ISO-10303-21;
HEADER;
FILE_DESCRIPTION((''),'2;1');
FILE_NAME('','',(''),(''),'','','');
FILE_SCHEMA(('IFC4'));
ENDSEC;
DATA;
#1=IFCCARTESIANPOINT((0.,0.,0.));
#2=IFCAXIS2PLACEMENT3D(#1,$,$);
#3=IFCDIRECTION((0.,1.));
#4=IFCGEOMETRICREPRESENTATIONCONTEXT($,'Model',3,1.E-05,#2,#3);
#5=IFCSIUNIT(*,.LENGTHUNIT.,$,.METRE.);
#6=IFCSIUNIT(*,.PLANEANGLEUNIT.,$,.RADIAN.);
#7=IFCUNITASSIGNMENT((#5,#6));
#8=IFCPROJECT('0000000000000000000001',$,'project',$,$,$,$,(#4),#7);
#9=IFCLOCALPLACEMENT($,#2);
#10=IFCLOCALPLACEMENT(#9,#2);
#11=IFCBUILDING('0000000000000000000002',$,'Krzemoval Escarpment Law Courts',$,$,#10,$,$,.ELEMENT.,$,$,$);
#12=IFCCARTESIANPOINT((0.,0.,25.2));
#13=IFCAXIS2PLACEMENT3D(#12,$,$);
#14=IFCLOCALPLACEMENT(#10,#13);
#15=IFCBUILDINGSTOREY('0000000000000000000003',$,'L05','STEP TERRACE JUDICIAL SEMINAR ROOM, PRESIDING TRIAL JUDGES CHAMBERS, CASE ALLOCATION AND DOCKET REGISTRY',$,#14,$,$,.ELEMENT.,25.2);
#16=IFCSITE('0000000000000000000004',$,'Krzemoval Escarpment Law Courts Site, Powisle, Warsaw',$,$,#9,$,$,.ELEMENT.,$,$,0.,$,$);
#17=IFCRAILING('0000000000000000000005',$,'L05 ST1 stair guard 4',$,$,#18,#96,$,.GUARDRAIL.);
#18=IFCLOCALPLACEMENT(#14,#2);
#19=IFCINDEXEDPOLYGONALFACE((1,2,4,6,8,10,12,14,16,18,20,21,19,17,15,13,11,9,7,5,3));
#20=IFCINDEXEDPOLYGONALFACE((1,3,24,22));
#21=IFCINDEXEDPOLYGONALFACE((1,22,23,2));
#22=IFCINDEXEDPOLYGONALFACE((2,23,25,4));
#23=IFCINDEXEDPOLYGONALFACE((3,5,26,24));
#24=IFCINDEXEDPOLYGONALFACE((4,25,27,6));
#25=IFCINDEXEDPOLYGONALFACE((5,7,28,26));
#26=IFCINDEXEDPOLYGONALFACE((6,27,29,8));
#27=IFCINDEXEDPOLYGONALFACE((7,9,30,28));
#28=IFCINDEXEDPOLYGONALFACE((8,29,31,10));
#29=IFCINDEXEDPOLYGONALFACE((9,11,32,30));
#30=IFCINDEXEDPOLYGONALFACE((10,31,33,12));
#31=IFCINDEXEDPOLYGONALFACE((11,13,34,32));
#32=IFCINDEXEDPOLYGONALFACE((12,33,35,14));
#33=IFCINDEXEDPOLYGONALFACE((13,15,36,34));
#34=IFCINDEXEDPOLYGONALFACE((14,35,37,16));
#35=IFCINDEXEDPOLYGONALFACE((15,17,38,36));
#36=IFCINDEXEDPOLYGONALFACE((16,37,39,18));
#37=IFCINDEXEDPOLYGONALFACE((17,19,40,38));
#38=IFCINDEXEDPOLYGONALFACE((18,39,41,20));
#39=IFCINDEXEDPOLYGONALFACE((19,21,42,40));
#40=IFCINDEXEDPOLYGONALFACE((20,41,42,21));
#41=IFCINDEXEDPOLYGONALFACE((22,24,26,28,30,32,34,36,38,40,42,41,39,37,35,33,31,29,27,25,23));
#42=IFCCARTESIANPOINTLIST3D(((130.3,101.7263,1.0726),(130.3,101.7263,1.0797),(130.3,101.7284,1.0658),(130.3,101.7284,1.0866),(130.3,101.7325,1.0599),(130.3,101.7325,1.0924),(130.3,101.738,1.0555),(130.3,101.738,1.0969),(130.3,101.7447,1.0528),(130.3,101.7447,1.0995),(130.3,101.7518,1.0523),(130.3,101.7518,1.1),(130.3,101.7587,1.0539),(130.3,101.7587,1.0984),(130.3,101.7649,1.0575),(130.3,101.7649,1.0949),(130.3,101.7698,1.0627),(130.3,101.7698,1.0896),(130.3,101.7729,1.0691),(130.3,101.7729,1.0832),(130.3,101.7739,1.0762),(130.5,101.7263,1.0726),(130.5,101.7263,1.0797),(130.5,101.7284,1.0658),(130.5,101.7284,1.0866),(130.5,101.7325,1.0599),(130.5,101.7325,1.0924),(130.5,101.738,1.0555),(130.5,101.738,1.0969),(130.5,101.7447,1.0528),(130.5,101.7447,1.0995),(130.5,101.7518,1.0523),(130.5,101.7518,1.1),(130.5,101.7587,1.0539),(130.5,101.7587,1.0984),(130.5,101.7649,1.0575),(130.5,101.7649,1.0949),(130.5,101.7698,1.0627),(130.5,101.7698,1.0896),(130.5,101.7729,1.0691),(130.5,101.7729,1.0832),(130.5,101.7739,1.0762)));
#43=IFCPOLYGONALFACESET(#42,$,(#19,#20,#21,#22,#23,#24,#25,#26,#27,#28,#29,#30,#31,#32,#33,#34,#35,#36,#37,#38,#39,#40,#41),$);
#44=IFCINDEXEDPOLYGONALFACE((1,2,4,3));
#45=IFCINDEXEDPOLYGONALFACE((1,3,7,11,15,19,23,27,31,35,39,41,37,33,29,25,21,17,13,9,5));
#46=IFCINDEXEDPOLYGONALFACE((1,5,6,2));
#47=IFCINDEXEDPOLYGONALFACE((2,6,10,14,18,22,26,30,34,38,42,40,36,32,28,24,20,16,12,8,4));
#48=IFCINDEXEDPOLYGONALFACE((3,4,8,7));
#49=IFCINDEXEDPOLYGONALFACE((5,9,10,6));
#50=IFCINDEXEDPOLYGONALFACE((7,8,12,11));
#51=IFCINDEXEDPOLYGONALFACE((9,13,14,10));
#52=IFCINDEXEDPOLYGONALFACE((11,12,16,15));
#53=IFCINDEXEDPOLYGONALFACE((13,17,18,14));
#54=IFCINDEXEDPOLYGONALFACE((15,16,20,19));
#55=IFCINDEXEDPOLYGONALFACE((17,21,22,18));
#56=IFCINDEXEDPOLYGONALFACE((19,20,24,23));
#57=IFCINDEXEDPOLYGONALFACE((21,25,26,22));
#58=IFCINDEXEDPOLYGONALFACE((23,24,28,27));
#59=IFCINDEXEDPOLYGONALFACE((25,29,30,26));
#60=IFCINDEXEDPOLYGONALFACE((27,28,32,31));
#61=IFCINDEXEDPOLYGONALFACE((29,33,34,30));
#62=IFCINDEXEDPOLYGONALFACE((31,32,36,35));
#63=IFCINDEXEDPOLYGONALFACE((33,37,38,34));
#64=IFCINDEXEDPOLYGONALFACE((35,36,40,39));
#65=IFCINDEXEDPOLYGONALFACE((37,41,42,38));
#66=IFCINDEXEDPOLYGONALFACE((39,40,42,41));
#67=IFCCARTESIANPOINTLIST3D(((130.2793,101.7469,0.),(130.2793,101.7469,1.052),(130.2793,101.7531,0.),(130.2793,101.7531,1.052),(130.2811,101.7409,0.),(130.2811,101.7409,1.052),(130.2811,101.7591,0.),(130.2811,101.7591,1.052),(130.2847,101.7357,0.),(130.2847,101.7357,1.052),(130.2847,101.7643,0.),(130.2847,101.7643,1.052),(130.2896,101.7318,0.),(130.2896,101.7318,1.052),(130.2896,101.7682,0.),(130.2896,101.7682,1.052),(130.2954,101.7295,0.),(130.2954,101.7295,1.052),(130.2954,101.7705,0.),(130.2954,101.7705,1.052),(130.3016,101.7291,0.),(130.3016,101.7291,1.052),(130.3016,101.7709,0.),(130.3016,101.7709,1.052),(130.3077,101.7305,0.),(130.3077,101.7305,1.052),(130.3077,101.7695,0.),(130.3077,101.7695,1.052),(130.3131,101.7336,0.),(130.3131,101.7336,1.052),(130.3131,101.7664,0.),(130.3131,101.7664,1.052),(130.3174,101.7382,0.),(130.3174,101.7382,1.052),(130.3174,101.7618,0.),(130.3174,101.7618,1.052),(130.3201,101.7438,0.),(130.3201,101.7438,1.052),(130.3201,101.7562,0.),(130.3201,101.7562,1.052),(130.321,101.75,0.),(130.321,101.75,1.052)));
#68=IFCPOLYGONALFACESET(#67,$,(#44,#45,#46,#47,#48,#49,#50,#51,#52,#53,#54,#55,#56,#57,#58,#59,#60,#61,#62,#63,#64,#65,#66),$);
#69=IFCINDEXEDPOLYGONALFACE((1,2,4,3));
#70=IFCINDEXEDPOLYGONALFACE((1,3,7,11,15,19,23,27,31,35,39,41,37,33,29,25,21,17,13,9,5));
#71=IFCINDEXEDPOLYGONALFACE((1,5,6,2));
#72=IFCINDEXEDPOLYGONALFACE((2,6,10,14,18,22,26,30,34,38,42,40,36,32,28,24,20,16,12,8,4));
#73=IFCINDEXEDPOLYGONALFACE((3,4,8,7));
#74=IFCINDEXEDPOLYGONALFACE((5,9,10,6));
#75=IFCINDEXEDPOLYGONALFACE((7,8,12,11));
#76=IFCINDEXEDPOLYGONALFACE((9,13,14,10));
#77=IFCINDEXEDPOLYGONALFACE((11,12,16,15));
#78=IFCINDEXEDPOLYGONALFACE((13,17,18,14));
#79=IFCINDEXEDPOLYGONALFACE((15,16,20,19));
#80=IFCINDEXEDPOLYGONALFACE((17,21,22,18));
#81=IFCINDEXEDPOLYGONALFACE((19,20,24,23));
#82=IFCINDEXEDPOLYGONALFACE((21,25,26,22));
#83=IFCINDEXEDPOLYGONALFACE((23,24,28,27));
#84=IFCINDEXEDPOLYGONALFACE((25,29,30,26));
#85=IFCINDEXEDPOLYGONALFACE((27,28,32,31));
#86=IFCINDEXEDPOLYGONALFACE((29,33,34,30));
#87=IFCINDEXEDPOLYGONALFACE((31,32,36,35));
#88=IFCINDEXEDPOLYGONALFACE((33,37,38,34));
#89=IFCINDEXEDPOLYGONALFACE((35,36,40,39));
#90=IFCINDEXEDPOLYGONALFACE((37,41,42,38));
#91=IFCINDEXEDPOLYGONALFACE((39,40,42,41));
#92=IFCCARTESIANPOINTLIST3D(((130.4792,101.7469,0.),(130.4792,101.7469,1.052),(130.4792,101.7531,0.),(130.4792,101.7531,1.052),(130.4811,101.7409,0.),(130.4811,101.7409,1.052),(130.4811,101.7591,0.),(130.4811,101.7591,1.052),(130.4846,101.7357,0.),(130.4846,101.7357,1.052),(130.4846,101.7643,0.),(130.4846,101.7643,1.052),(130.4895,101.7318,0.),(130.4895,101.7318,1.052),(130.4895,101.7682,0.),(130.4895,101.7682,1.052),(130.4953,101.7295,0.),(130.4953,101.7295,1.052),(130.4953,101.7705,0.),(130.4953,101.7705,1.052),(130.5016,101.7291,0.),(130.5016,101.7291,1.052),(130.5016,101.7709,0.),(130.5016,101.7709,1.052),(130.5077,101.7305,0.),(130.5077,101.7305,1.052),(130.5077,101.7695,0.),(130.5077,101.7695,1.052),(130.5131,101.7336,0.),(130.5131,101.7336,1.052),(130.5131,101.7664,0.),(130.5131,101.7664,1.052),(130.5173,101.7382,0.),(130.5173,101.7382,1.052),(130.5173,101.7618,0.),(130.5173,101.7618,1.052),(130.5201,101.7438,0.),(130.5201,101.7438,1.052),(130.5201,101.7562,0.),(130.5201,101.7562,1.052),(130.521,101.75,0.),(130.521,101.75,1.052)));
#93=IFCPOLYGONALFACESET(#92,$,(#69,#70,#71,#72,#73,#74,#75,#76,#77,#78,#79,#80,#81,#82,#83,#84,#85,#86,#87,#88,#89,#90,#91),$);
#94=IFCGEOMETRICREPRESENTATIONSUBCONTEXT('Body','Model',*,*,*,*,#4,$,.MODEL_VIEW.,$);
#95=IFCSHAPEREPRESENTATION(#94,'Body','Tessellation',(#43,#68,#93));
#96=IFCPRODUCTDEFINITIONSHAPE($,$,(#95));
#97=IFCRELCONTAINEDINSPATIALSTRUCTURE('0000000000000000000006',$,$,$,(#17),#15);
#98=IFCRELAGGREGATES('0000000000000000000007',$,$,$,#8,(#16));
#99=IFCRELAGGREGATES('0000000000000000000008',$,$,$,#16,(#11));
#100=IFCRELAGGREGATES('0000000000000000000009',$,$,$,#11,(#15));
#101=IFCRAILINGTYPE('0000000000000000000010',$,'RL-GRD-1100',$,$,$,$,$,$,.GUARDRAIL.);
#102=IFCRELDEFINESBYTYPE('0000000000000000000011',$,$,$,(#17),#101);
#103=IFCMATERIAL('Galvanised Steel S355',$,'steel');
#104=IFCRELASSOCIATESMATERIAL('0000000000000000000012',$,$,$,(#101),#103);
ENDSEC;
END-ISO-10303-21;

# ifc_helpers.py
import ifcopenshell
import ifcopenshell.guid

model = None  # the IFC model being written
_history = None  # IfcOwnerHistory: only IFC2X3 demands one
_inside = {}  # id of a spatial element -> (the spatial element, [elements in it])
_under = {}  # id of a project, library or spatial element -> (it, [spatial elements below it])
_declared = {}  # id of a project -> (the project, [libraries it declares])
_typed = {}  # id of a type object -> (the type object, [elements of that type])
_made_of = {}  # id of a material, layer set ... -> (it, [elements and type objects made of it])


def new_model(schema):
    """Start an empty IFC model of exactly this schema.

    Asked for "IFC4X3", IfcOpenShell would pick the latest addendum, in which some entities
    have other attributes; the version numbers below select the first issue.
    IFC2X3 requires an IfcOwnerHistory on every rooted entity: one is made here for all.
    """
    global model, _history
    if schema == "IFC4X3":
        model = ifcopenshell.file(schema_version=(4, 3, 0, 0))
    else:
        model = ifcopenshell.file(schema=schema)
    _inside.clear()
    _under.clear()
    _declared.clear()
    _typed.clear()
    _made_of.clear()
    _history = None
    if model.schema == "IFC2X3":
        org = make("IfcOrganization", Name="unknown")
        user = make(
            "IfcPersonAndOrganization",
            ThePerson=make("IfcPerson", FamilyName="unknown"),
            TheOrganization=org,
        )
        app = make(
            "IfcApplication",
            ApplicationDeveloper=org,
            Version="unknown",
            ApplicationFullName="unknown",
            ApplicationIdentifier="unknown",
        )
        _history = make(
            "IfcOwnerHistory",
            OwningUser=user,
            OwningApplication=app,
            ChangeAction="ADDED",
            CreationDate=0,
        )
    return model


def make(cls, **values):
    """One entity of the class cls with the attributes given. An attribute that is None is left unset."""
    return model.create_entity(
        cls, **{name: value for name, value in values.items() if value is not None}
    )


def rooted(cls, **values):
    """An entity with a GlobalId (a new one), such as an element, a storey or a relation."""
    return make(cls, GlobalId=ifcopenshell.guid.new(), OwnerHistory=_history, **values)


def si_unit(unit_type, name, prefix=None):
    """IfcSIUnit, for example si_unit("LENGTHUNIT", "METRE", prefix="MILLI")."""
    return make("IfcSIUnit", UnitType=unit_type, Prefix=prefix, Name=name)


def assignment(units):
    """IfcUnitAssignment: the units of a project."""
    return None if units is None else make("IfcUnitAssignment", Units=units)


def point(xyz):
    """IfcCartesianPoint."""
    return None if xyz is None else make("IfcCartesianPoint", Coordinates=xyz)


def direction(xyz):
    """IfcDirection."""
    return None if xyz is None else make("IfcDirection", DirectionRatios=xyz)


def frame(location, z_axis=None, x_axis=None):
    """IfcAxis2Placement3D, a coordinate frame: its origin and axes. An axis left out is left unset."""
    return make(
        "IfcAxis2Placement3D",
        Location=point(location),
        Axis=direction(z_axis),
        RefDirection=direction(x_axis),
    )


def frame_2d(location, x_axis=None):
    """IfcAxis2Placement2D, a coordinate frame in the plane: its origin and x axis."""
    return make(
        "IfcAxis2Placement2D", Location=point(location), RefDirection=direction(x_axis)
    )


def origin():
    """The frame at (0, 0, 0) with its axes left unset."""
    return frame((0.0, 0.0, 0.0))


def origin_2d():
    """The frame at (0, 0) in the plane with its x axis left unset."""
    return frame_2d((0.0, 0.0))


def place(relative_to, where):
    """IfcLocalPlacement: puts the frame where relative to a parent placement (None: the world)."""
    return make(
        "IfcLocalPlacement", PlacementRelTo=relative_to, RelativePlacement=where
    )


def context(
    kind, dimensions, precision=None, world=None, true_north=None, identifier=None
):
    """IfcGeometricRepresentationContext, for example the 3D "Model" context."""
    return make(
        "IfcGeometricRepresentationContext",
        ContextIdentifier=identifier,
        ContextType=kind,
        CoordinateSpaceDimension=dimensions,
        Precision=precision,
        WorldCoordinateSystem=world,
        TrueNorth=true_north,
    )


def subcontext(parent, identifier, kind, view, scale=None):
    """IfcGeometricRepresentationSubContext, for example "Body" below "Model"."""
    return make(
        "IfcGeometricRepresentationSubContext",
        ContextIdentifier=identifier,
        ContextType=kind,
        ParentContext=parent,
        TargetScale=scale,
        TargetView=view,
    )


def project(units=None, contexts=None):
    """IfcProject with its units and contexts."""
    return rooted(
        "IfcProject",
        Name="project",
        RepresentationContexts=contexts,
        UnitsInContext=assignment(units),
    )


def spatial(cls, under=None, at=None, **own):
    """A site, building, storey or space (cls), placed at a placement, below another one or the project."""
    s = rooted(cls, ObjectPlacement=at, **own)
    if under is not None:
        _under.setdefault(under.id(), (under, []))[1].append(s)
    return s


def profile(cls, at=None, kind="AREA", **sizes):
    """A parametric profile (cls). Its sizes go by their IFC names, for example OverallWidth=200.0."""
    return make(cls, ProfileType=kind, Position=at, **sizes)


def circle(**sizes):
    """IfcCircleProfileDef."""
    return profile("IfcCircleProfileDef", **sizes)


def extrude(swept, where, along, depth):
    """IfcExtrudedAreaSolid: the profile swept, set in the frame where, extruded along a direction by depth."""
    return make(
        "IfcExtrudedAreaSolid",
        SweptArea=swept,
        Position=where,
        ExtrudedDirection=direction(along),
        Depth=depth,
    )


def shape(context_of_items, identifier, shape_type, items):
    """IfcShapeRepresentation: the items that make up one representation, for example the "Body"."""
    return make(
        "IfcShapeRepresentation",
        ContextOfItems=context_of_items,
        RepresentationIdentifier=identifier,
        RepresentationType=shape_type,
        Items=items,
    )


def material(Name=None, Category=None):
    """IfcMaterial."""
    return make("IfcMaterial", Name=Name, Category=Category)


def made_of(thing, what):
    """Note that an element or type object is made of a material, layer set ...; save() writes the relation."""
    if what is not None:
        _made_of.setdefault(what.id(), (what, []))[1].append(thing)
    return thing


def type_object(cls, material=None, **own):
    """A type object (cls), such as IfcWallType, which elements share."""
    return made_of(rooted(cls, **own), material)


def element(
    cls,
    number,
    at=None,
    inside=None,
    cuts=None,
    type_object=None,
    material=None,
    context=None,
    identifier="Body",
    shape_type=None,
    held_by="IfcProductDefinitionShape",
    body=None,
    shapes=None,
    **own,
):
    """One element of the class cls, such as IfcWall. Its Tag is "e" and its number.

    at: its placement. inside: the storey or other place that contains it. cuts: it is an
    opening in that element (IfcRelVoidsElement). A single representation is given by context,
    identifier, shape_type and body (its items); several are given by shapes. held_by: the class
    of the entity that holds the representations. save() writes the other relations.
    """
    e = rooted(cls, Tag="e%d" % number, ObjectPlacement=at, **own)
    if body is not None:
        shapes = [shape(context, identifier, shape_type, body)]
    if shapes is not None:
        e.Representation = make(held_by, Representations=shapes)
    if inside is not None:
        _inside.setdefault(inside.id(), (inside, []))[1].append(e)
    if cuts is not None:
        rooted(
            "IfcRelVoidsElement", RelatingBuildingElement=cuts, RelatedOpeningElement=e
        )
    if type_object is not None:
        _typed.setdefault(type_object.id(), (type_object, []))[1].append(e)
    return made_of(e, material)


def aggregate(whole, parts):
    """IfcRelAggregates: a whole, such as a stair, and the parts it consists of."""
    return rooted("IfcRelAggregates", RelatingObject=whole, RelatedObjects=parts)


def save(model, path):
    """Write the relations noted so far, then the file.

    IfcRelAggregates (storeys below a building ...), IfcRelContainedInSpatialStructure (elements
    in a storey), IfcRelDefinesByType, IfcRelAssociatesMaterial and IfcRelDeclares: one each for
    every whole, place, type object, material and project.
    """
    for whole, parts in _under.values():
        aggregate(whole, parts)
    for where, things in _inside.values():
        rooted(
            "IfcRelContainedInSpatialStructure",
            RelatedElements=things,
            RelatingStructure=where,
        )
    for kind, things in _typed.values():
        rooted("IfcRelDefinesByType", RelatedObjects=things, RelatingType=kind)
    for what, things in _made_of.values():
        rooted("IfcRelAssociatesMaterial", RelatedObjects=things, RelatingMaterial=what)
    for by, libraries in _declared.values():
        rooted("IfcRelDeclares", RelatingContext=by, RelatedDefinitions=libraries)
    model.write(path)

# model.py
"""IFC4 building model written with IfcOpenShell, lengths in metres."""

from ifc_helpers import new_model, si_unit, direction, frame, origin, origin_2d, place, context, subcontext, project, spatial, circle, extrude, material, type_object, element, save


model = new_model("IFC4")

# Units and contexts
model_context = context("Model", 3, precision=1e-05, world=origin(), true_north=direction((0.0, 1.0)))
body_context = subcontext(model_context, "Body", "Model", "MODEL_VIEW")
ifc_project = project(units=[si_unit("LENGTHUNIT", "METRE"), si_unit("PLANEANGLEUNIT", "RADIAN")], contexts=[model_context])

# Site, building, storey
site_placement = place(None, origin())
site = spatial("IfcSite", under=ifc_project, at=site_placement, Name="Krzemoval Escarpment Law Courts Site, Powisle, Warsaw", CompositionType="ELEMENT", RefElevation=0.0)
building_placement = place(site_placement, origin())
building = spatial("IfcBuilding", under=site, at=building_placement, Name="Krzemoval Escarpment Law Courts", CompositionType="ELEMENT")
storey_placement = place(building_placement, frame((0.0, 0.0, 25.2)))
storey = spatial("IfcBuildingStorey", under=building, at=storey_placement, Name="L05", Description="STEP TERRACE JUDICIAL SEMINAR ROOM, PRESIDING TRIAL JUDGES CHAMBERS, CASE ALLOCATION AND DOCKET REGISTRY", CompositionType="ELEMENT", Elevation=25.2)

# Railing
ifc_material_1 = material(Name="Galvanised Steel S355", Category="steel")
railing_type_1 = type_object("IfcRailingType", Name="RL-GRD-1100", PredefinedType="GUARDRAIL", material=ifc_material_1)
railing_1_placement = place(storey_placement, frame((130.3, 101.75, 0.0)))
element("IfcRailing", 1, at=railing_1_placement, inside=storey, type_object=railing_type_1, Name="L05 ST1 stair guard 4", PredefinedType="GUARDRAIL", context=body_context, shape_type="SweptSolid", body=[
    extrude(circle(Radius=0.0239, at=origin_2d()), frame((0.0, 0.0, 1.0762), z_axis=(1.0, 0.0, 0.0), x_axis=(0.0, 1.0, 0.0)), (0.0, 0.0, 1.0), 0.2),
    extrude(circle(Radius=0.021, at=origin_2d()), origin(), (0.0, 0.0, 1.0), 1.052),
    extrude(circle(Radius=0.021, at=origin_2d()), frame((0.2, 0.0, 0.0)), (0.0, 0.0, 1.0), 1.052),
])

save(model, "model.ifc")
